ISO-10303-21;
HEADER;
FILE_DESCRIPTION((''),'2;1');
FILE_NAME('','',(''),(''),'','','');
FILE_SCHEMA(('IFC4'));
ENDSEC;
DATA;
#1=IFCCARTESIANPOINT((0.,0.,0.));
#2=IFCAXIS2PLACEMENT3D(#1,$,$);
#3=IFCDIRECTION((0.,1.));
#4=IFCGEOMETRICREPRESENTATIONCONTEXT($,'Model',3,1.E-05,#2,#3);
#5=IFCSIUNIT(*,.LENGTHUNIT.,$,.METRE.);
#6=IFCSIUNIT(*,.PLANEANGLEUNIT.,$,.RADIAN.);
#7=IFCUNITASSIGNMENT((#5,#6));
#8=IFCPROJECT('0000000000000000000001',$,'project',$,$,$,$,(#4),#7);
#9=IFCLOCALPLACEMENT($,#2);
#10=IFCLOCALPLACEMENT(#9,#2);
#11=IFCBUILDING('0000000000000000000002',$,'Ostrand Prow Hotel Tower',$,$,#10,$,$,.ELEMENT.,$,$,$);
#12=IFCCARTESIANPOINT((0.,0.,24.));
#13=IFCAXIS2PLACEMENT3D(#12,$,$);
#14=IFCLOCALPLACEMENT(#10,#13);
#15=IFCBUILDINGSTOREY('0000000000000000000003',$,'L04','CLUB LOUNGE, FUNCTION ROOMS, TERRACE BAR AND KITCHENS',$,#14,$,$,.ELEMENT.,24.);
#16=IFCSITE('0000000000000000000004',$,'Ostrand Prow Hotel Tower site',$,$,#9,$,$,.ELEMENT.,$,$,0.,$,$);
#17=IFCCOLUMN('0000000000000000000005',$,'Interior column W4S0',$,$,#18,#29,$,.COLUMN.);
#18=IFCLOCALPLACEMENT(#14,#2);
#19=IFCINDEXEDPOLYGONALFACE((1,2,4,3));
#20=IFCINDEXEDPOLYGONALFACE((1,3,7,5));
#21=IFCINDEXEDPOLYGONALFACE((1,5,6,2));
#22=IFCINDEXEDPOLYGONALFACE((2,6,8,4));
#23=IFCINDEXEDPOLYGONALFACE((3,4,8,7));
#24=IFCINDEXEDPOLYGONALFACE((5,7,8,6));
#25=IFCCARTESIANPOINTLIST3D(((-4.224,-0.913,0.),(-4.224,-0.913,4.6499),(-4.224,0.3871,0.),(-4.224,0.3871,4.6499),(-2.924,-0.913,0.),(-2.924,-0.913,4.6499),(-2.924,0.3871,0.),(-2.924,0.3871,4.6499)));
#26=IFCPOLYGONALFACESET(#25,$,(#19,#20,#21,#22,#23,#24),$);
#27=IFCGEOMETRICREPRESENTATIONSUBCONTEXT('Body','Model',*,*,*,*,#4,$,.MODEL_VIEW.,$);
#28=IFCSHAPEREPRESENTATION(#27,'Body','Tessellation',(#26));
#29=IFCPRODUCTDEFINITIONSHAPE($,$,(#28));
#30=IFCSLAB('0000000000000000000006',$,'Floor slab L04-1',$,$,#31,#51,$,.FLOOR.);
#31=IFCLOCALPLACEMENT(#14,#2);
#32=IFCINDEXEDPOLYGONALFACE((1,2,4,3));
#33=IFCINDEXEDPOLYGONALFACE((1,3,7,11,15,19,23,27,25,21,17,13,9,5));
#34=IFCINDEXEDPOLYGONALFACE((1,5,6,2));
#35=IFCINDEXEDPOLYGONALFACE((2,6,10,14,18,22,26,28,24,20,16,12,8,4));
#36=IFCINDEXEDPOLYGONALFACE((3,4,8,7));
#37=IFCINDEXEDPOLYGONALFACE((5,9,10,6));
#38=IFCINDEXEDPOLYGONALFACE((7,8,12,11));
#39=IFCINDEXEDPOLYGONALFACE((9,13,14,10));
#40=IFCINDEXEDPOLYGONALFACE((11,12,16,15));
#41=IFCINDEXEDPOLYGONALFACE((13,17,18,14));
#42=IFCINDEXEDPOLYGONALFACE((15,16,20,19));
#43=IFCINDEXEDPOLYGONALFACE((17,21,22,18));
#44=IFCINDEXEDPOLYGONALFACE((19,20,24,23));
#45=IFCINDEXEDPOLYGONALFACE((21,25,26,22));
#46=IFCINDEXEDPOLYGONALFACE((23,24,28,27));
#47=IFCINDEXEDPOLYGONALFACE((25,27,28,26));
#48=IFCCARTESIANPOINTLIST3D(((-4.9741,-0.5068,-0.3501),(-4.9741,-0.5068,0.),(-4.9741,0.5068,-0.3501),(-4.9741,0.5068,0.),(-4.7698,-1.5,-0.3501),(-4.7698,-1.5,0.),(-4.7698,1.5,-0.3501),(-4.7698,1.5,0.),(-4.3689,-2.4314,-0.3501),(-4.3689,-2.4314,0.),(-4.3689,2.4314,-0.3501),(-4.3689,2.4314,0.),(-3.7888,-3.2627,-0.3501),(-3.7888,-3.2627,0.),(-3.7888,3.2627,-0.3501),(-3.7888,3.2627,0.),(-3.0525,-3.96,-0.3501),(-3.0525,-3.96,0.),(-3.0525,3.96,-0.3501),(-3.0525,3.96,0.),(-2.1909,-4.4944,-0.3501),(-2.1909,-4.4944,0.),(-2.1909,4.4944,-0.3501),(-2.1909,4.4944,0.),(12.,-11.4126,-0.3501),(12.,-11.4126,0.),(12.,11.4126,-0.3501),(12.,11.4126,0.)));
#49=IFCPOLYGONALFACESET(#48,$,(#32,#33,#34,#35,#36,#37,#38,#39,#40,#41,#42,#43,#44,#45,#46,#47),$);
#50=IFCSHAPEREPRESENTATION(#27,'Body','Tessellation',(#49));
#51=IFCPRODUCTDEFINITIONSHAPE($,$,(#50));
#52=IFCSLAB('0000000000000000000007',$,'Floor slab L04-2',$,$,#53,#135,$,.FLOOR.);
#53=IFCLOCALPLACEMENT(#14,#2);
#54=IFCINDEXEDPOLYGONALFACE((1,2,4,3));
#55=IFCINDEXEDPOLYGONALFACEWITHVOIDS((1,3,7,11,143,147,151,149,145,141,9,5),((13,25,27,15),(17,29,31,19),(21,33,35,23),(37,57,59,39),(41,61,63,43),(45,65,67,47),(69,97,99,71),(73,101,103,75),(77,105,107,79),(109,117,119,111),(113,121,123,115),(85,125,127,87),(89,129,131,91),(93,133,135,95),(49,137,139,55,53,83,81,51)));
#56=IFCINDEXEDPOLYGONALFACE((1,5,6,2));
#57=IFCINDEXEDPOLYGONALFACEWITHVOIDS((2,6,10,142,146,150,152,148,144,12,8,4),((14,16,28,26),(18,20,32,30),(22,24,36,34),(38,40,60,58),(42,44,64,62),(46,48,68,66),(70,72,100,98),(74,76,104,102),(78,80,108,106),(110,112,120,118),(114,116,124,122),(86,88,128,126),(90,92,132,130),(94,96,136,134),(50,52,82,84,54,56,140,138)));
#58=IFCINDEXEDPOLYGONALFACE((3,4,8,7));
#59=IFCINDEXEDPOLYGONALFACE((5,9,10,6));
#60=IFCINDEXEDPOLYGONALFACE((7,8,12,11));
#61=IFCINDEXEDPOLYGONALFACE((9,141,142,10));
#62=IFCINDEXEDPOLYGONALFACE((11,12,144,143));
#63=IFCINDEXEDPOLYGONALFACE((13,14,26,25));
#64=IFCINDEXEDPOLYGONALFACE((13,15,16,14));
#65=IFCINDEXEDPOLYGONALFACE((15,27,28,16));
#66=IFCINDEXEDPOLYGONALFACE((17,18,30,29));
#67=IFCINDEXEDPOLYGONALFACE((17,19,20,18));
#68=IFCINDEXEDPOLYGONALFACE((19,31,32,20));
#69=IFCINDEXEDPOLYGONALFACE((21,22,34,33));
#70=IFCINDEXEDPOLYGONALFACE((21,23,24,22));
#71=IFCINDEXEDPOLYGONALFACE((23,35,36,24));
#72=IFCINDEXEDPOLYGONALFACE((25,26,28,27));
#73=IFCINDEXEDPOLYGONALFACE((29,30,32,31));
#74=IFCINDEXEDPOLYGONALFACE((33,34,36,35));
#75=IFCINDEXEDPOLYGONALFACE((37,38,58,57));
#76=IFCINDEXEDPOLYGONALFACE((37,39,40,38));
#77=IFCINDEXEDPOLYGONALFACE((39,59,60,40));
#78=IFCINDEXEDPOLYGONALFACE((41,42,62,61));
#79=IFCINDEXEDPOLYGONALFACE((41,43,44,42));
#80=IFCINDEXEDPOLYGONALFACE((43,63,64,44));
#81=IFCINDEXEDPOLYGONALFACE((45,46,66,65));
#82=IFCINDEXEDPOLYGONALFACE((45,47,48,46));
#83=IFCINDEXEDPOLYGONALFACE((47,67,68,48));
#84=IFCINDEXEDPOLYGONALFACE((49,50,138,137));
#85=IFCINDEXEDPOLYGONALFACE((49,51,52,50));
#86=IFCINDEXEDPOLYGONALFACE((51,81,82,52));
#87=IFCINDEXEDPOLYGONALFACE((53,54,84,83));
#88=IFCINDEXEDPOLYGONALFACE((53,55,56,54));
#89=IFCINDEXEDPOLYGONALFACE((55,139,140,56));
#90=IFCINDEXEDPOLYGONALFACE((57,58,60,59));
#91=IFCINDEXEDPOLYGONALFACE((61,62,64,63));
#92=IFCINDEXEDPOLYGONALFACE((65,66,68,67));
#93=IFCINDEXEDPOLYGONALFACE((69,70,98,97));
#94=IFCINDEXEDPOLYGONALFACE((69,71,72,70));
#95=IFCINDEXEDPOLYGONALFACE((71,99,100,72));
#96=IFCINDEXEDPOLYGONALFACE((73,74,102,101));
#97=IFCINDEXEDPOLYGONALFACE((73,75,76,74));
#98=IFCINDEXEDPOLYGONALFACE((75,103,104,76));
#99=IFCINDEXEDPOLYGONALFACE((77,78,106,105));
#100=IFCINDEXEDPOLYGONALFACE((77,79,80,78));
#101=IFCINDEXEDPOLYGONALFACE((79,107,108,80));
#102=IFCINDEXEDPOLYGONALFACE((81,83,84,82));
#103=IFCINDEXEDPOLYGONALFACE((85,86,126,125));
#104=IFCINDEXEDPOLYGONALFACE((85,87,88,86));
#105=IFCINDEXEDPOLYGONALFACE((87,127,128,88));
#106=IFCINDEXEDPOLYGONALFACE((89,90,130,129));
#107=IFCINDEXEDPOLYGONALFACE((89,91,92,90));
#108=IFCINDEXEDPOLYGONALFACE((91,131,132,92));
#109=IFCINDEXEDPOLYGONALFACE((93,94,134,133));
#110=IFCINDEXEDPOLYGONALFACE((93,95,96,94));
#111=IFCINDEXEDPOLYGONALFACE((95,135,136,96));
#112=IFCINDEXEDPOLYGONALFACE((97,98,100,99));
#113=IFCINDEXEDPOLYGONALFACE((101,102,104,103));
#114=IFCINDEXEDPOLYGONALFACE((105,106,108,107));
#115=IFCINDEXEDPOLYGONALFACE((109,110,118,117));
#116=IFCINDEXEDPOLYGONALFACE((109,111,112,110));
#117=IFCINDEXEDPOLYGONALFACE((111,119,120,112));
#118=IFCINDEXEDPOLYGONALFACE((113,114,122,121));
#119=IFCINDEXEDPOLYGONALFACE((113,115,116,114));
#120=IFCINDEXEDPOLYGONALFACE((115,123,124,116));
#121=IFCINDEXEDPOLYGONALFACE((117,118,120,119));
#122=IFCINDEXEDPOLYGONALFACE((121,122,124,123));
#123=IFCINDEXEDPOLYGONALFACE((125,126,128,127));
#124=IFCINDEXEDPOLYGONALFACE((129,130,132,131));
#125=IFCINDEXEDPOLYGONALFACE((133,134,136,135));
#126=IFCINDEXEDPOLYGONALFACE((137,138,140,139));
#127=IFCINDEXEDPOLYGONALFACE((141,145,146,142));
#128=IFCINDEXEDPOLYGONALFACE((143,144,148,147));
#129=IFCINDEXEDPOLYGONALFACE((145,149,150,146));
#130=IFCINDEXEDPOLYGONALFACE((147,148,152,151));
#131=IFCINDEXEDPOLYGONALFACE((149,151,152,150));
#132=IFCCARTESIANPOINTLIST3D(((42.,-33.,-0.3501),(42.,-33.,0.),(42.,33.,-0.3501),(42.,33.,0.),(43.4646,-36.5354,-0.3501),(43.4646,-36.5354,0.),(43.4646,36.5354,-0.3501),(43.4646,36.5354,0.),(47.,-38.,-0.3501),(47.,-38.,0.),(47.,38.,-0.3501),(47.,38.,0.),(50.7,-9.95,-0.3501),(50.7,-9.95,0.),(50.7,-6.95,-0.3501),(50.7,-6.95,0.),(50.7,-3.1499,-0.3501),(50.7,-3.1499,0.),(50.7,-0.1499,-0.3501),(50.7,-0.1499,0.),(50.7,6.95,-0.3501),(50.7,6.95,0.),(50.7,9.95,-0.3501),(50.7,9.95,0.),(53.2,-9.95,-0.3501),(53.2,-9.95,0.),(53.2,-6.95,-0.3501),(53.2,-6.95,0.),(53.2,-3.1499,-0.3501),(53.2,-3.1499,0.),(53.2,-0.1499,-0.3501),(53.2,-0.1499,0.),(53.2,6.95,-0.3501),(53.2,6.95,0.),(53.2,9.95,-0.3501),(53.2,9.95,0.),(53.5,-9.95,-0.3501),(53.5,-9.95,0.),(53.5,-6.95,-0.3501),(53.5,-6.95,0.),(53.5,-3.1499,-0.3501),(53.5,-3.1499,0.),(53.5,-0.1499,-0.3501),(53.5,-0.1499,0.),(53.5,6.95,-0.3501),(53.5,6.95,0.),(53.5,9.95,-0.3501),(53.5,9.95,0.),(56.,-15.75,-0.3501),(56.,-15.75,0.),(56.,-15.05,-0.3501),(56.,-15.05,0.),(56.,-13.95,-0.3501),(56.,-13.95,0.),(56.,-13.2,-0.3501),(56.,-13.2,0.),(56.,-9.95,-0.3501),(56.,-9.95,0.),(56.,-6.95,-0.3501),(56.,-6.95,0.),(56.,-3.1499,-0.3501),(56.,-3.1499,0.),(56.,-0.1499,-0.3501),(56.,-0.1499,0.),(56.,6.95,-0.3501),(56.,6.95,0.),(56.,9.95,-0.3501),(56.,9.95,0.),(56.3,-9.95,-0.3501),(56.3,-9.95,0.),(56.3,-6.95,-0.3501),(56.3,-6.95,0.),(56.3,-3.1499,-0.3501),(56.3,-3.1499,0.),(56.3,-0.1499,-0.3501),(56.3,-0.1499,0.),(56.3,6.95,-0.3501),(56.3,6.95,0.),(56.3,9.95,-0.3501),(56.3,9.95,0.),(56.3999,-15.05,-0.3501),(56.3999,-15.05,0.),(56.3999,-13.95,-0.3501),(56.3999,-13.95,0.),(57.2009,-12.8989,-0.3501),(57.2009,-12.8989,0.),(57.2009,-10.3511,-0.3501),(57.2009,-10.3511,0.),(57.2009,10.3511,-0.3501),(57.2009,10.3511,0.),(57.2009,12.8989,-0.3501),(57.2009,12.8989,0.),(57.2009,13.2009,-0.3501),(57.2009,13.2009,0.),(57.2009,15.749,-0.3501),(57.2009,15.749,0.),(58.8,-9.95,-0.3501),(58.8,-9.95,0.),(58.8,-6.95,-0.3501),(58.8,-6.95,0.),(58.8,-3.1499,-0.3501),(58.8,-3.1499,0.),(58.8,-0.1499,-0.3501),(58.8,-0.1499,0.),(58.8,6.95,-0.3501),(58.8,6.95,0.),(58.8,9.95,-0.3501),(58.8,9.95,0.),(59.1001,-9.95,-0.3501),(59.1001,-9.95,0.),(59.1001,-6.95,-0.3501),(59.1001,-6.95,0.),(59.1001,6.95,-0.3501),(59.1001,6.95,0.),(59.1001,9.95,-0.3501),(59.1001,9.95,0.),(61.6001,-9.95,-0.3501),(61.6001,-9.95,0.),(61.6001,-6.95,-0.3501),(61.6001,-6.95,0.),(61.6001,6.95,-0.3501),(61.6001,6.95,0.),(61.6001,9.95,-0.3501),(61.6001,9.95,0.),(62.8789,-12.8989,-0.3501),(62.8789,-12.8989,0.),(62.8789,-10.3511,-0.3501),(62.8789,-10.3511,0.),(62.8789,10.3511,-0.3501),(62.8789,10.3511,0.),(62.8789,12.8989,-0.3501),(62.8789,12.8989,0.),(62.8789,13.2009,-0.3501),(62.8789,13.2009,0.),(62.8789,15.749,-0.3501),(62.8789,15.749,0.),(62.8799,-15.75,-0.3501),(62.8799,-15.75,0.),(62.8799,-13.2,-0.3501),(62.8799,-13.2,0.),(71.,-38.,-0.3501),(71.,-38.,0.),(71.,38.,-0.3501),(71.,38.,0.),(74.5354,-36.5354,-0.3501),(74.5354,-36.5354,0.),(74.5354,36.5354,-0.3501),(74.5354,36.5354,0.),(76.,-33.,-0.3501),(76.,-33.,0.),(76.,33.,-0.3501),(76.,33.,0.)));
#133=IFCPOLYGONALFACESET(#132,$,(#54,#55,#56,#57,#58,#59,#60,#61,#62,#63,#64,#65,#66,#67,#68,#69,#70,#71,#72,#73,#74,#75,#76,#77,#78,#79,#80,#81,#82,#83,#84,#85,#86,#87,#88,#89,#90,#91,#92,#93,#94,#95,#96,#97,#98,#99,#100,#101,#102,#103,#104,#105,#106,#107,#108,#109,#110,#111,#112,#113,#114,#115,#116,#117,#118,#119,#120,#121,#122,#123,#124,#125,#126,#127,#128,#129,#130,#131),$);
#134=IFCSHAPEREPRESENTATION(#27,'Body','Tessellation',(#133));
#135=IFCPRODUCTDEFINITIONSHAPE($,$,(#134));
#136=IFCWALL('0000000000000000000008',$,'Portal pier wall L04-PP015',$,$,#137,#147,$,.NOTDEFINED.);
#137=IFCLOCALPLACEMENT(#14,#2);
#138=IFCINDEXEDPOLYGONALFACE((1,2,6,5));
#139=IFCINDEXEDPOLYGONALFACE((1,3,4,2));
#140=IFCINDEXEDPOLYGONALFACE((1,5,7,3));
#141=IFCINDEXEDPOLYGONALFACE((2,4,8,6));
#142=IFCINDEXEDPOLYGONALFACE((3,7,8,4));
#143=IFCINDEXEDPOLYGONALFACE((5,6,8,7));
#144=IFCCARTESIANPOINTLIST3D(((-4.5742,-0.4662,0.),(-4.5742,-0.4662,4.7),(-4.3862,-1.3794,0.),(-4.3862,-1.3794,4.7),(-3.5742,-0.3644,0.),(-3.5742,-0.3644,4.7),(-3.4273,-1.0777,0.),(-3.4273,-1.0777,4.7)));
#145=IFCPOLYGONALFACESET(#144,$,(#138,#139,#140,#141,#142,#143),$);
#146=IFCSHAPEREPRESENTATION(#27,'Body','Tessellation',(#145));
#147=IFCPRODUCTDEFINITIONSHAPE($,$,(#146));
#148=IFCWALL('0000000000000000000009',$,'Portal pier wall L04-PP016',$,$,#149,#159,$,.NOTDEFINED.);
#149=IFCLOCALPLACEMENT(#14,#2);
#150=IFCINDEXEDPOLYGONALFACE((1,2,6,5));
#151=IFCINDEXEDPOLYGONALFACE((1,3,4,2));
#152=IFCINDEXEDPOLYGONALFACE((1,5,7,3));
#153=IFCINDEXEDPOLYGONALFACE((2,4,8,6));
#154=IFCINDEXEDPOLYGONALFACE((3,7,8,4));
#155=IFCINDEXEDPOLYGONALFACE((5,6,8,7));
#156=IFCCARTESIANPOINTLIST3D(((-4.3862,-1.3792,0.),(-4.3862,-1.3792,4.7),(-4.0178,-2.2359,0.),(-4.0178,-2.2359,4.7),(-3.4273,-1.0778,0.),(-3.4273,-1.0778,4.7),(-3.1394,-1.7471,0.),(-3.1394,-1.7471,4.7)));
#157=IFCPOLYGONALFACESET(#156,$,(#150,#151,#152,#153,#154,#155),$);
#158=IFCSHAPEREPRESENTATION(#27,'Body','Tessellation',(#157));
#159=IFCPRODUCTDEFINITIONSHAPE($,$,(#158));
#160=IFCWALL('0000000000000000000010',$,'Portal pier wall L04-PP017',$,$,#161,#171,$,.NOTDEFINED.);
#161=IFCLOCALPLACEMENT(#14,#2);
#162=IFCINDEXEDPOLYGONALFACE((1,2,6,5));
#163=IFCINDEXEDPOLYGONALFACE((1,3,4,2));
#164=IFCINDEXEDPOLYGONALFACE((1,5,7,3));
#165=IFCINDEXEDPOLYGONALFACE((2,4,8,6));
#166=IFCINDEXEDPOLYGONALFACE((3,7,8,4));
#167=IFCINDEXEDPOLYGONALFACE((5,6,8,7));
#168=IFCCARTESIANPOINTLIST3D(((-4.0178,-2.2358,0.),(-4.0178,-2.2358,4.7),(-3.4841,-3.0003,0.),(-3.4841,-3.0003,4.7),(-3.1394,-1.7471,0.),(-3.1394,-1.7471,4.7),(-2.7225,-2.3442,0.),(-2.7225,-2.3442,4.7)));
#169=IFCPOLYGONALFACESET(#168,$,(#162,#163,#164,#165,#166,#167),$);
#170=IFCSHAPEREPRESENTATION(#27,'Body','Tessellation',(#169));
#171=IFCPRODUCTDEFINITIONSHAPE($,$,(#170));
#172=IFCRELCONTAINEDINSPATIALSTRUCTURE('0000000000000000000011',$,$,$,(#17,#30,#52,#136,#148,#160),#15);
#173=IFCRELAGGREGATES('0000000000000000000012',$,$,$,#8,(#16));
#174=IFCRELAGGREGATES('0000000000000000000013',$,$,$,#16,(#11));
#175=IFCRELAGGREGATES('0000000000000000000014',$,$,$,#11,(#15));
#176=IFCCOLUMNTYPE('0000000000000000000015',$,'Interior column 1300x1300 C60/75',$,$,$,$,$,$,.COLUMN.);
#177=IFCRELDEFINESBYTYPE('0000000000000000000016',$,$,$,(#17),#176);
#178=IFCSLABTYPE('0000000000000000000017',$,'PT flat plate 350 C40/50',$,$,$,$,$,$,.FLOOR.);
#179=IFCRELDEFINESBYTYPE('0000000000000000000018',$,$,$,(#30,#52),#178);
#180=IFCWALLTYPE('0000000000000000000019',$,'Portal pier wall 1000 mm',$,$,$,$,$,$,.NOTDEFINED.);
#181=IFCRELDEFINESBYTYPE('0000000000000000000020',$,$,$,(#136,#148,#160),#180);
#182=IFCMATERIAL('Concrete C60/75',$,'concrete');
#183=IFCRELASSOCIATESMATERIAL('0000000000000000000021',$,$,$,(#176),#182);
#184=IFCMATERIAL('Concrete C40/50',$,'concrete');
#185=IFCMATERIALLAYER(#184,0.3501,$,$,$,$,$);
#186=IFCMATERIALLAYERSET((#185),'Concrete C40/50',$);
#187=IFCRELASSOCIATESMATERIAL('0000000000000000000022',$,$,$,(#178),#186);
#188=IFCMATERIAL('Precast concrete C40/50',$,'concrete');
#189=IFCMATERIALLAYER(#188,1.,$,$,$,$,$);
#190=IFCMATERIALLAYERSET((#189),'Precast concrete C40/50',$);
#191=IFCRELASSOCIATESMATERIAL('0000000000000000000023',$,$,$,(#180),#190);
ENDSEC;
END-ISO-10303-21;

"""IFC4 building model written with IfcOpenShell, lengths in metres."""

from ifc_helpers import new_model, si_unit, direction, frame, origin, origin_2d, place, context, subcontext, project, spatial, polyline, rectangle, outline, extrude, material, layer, layer_set, material_profile, profile_set, type_object, element, save


model = new_model("IFC4")

# Units and contexts
model_context = context("Model", 3, precision=1e-05, world=origin(), true_north=direction((0.0, 1.0)))
body_context = subcontext(model_context, "Body", "Model", "MODEL_VIEW")
ifc_project = project(units=[si_unit("LENGTHUNIT", "METRE"), si_unit("PLANEANGLEUNIT", "RADIAN")], contexts=[model_context])

# Site, building, storey
site_placement = place(None, origin())
site = spatial("IfcSite", under=ifc_project, at=site_placement, Name="Ostrand Prow Hotel Tower site", CompositionType="ELEMENT", RefElevation=0.0)
building_placement = place(site_placement, origin())
building = spatial("IfcBuilding", under=site, at=building_placement, Name="Ostrand Prow Hotel Tower", CompositionType="ELEMENT")
storey_placement = place(building_placement, frame((0.0, 0.0, 24.0)))
storey = spatial("IfcBuildingStorey", under=building, at=storey_placement, Name="L04", Description="CLUB LOUNGE, FUNCTION ROOMS, TERRACE BAR AND KITCHENS", CompositionType="ELEMENT", Elevation=24.0)

# Column
ifc_material_1 = material(Name="Concrete C60/75", Category="concrete")
ifc_material_profile = material_profile(ifc_material_1, rectangle(XDim=1.3, YDim=1.3, at=origin_2d()), Name="RC 1300x1300")
ifc_profile_set = profile_set([ifc_material_profile], Name="Concrete C60/75")
column_type = type_object("IfcColumnType", Name="Interior column 1300x1300 C60/75", PredefinedType="COLUMN", material=ifc_profile_set)
column_placement = place(storey_placement, frame((-3.574, -0.2629, 0.0), z_axis=(0.0, 0.0, 1.0), x_axis=(1.0, 0.0, 0.0)))
element("IfcColumn", 1, at=column_placement, inside=storey, type_object=column_type, Name="Interior column W4S0", PredefinedType="COLUMN", context=body_context, shape_type="SweptSolid", body=[
    extrude(rectangle(XDim=1.3, YDim=1.3, at=origin_2d()), origin(), (0.0, 0.0, 1.0), 4.6499),
])

# Slab
ifc_material_2 = material(Name="Concrete C40/50", Category="concrete")
ifc_layer_1 = layer(ifc_material_2, 0.3501)
ifc_layer_set_1 = layer_set([ifc_layer_1], Name="Concrete C40/50")
slab_type = type_object("IfcSlabType", Name="PT flat plate 350 C40/50", PredefinedType="FLOOR", material=ifc_layer_set_1)
slab_1_placement = place(storey_placement, frame((0.0, 0.0, -0.3501)))
element("IfcSlab", 2, at=slab_1_placement, inside=storey, type_object=slab_type, Name="Floor slab L04-1", PredefinedType="FLOOR", context=body_context, shape_type="SweptSolid", body=[
    extrude(outline(polyline([(12.0, -11.4126), (-2.1909, -4.4944), (-3.0525, -3.96), (-3.7888, -3.2627), (-4.3689, -2.4314), (-4.7698, -1.5), (-4.9741, -0.5068), (-4.9741, 0.5068), (-4.7698, 1.5), (-4.3689, 2.4314), (-3.7888, 3.2627), (-3.0525, 3.96), (-2.1909, 4.4944), (12.0, 11.4126), (12.0, -11.4126)])), origin(), (0.0, 0.0, 1.0), 0.3501),
])

# Slab, opening
slab_2_placement = place(storey_placement, frame((0.0, 0.0, -0.3501)))
slab_2 = element("IfcSlab", 3, at=slab_2_placement, inside=storey, type_object=slab_type, Name="Floor slab L04-2", PredefinedType="FLOOR", context=body_context, shape_type="SweptSolid", body=[
    extrude(outline(polyline([(47.0, -38.0), (43.4646, -36.5354), (42.0, -33.0), (42.0, 33.0), (43.4646, 36.5354), (47.0, 38.0), (71.0, 38.0), (74.5354, 36.5354), (76.0, 33.0), (76.0, -33.0), (74.5354, -36.5354), (71.0, -38.0), (47.0, -38.0)]), holes=[polyline([(50.7, 6.95), (53.2, 6.95), (53.2, 9.95), (50.7, 9.95), (50.7, 6.95)]), polyline([(53.5, 6.95), (56.0, 6.95), (56.0, 9.95), (53.5, 9.95), (53.5, 6.95)]), polyline([(56.3, 6.95), (58.8, 6.95), (58.8, 9.95), (56.3, 9.95), (56.3, 6.95)]), polyline([(59.1001, 6.95), (61.6001, 6.95), (61.6001, 9.95), (59.1001, 9.95), (59.1001, 6.95)]), polyline([(50.7, -3.1499), (53.2, -3.1499), (53.2, -0.1499), (50.7, -0.1499), (50.7, -3.1499)]), polyline([(53.5, -3.1499), (56.0, -3.1499), (56.0, -0.1499), (53.5, -0.1499), (53.5, -3.1499)]), polyline([(56.3, -3.1499), (58.8, -3.1499), (58.8, -0.1499), (56.3, -0.1499), (56.3, -3.1499)]), polyline([(50.7, -9.95), (53.2, -9.95), (53.2, -6.95), (50.7, -6.95), (50.7, -9.95)]), polyline([(53.5, -9.95), (56.0, -9.95), (56.0, -6.95), (53.5, -6.95), (53.5, -9.95)]), polyline([(56.3, -9.95), (58.8, -9.95), (58.8, -6.95), (56.3, -6.95), (56.3, -9.95)]), polyline([(59.1001, -9.95), (61.6001, -9.95), (61.6001, -6.95), (59.1001, -6.95), (59.1001, -9.95)]), polyline([(57.2009, 10.3511), (57.2009, 12.8989), (62.8789, 12.8989), (62.8789, 10.3511), (57.2009, 10.3511)]), polyline([(57.2009, 13.2009), (57.2009, 15.749), (62.8789, 15.749), (62.8789, 13.2009), (57.2009, 13.2009)]), polyline([(57.2009, -12.8989), (57.2009, -10.3511), (62.8789, -10.3511), (62.8789, -12.8989), (57.2009, -12.8989)]), polyline([(56.0, -13.2), (62.8799, -13.2), (62.8799, -15.75), (56.0, -15.75), (56.0, -15.05), (56.3999, -15.05), (56.3999, -13.95), (56.0, -13.95), (56.0, -13.2)])]), origin(), (0.0, 0.0, 1.0), 0.3501),
])
opening_1_placement = place(slab_2_placement, origin())
element("IfcOpeningElement", 4, at=opening_1_placement, cuts=slab_2, PredefinedType="OPENING", context=body_context, shape_type="SweptSolid", body=[
    extrude(outline(polyline([(56.0, -13.2), (62.8799, -13.2), (62.8799, -15.75), (56.0, -15.75), (56.0, -15.05), (56.3999, -15.05), (56.3999, -13.95), (56.0, -13.95), (56.0, -13.2)])), origin(), (0.0, 0.0, 1.0), 0.3501),
])

# Walls
ifc_material_3 = material(Name="Precast concrete C40/50", Category="concrete")
ifc_layer_2 = layer(ifc_material_3, 1.0)
ifc_layer_set_2 = layer_set([ifc_layer_2], Name="Precast concrete C40/50")
wall_type = type_object("IfcWallType", Name="Portal pier wall 1000 mm", PredefinedType="NOTDEFINED", material=ifc_layer_set_2)
wall_1_placement = place(storey_placement, frame((-4.0742, -0.4153, 0.0), z_axis=(0.0, 0.0, 1.0), x_axis=(0.201711, -0.979445, 0.0)))
element("IfcWall", 5, at=wall_1_placement, inside=storey, type_object=wall_type, Name="Portal pier wall L04-PP015", PredefinedType="NOTDEFINED", context=body_context, shape_type="SweptSolid", body=[
    extrude(outline(polyline([(-0.051, -0.5), (0.8813, -0.5), (0.7793, 0.5), (0.051, 0.5), (-0.051, -0.5)])), origin(), (0.0, 0.0, 1.0), 4.7),
])
wall_2_placement = place(storey_placement, frame((-3.9067, -1.2285, 0.0), z_axis=(0.0, 0.0, 1.0), x_axis=(0.39509, -0.918643, 0.0)))
element("IfcWall", 6, at=wall_2_placement, inside=storey, type_object=wall_type, Name="Portal pier wall L04-PP016", PredefinedType="NOTDEFINED", context=body_context, shape_type="SweptSolid", body=[
    extrude(outline(polyline([(-0.051, -0.5), (0.8816, -0.5), (0.7795, 0.5), (0.051, 0.5), (-0.051, -0.5)])), origin(), (0.0, 0.0, 1.0), 4.7),
])
wall_3_placement = place(storey_placement, frame((-3.5786, -1.9915, 0.0), z_axis=(0.0, 0.0, 1.0), x_axis=(0.572416, -0.819963, 0.0)))
element("IfcWall", 7, at=wall_3_placement, inside=storey, type_object=wall_type, Name="Portal pier wall L04-PP017", PredefinedType="NOTDEFINED", context=body_context, shape_type="SweptSolid", body=[
    extrude(outline(polyline([(-0.051, -0.5), (0.8813, -0.5), (0.7793, 0.5), (0.051, 0.5), (-0.051, -0.5)])), origin(), (0.0, 0.0, 1.0), 4.7),
])

save(model, "model.ifc")
